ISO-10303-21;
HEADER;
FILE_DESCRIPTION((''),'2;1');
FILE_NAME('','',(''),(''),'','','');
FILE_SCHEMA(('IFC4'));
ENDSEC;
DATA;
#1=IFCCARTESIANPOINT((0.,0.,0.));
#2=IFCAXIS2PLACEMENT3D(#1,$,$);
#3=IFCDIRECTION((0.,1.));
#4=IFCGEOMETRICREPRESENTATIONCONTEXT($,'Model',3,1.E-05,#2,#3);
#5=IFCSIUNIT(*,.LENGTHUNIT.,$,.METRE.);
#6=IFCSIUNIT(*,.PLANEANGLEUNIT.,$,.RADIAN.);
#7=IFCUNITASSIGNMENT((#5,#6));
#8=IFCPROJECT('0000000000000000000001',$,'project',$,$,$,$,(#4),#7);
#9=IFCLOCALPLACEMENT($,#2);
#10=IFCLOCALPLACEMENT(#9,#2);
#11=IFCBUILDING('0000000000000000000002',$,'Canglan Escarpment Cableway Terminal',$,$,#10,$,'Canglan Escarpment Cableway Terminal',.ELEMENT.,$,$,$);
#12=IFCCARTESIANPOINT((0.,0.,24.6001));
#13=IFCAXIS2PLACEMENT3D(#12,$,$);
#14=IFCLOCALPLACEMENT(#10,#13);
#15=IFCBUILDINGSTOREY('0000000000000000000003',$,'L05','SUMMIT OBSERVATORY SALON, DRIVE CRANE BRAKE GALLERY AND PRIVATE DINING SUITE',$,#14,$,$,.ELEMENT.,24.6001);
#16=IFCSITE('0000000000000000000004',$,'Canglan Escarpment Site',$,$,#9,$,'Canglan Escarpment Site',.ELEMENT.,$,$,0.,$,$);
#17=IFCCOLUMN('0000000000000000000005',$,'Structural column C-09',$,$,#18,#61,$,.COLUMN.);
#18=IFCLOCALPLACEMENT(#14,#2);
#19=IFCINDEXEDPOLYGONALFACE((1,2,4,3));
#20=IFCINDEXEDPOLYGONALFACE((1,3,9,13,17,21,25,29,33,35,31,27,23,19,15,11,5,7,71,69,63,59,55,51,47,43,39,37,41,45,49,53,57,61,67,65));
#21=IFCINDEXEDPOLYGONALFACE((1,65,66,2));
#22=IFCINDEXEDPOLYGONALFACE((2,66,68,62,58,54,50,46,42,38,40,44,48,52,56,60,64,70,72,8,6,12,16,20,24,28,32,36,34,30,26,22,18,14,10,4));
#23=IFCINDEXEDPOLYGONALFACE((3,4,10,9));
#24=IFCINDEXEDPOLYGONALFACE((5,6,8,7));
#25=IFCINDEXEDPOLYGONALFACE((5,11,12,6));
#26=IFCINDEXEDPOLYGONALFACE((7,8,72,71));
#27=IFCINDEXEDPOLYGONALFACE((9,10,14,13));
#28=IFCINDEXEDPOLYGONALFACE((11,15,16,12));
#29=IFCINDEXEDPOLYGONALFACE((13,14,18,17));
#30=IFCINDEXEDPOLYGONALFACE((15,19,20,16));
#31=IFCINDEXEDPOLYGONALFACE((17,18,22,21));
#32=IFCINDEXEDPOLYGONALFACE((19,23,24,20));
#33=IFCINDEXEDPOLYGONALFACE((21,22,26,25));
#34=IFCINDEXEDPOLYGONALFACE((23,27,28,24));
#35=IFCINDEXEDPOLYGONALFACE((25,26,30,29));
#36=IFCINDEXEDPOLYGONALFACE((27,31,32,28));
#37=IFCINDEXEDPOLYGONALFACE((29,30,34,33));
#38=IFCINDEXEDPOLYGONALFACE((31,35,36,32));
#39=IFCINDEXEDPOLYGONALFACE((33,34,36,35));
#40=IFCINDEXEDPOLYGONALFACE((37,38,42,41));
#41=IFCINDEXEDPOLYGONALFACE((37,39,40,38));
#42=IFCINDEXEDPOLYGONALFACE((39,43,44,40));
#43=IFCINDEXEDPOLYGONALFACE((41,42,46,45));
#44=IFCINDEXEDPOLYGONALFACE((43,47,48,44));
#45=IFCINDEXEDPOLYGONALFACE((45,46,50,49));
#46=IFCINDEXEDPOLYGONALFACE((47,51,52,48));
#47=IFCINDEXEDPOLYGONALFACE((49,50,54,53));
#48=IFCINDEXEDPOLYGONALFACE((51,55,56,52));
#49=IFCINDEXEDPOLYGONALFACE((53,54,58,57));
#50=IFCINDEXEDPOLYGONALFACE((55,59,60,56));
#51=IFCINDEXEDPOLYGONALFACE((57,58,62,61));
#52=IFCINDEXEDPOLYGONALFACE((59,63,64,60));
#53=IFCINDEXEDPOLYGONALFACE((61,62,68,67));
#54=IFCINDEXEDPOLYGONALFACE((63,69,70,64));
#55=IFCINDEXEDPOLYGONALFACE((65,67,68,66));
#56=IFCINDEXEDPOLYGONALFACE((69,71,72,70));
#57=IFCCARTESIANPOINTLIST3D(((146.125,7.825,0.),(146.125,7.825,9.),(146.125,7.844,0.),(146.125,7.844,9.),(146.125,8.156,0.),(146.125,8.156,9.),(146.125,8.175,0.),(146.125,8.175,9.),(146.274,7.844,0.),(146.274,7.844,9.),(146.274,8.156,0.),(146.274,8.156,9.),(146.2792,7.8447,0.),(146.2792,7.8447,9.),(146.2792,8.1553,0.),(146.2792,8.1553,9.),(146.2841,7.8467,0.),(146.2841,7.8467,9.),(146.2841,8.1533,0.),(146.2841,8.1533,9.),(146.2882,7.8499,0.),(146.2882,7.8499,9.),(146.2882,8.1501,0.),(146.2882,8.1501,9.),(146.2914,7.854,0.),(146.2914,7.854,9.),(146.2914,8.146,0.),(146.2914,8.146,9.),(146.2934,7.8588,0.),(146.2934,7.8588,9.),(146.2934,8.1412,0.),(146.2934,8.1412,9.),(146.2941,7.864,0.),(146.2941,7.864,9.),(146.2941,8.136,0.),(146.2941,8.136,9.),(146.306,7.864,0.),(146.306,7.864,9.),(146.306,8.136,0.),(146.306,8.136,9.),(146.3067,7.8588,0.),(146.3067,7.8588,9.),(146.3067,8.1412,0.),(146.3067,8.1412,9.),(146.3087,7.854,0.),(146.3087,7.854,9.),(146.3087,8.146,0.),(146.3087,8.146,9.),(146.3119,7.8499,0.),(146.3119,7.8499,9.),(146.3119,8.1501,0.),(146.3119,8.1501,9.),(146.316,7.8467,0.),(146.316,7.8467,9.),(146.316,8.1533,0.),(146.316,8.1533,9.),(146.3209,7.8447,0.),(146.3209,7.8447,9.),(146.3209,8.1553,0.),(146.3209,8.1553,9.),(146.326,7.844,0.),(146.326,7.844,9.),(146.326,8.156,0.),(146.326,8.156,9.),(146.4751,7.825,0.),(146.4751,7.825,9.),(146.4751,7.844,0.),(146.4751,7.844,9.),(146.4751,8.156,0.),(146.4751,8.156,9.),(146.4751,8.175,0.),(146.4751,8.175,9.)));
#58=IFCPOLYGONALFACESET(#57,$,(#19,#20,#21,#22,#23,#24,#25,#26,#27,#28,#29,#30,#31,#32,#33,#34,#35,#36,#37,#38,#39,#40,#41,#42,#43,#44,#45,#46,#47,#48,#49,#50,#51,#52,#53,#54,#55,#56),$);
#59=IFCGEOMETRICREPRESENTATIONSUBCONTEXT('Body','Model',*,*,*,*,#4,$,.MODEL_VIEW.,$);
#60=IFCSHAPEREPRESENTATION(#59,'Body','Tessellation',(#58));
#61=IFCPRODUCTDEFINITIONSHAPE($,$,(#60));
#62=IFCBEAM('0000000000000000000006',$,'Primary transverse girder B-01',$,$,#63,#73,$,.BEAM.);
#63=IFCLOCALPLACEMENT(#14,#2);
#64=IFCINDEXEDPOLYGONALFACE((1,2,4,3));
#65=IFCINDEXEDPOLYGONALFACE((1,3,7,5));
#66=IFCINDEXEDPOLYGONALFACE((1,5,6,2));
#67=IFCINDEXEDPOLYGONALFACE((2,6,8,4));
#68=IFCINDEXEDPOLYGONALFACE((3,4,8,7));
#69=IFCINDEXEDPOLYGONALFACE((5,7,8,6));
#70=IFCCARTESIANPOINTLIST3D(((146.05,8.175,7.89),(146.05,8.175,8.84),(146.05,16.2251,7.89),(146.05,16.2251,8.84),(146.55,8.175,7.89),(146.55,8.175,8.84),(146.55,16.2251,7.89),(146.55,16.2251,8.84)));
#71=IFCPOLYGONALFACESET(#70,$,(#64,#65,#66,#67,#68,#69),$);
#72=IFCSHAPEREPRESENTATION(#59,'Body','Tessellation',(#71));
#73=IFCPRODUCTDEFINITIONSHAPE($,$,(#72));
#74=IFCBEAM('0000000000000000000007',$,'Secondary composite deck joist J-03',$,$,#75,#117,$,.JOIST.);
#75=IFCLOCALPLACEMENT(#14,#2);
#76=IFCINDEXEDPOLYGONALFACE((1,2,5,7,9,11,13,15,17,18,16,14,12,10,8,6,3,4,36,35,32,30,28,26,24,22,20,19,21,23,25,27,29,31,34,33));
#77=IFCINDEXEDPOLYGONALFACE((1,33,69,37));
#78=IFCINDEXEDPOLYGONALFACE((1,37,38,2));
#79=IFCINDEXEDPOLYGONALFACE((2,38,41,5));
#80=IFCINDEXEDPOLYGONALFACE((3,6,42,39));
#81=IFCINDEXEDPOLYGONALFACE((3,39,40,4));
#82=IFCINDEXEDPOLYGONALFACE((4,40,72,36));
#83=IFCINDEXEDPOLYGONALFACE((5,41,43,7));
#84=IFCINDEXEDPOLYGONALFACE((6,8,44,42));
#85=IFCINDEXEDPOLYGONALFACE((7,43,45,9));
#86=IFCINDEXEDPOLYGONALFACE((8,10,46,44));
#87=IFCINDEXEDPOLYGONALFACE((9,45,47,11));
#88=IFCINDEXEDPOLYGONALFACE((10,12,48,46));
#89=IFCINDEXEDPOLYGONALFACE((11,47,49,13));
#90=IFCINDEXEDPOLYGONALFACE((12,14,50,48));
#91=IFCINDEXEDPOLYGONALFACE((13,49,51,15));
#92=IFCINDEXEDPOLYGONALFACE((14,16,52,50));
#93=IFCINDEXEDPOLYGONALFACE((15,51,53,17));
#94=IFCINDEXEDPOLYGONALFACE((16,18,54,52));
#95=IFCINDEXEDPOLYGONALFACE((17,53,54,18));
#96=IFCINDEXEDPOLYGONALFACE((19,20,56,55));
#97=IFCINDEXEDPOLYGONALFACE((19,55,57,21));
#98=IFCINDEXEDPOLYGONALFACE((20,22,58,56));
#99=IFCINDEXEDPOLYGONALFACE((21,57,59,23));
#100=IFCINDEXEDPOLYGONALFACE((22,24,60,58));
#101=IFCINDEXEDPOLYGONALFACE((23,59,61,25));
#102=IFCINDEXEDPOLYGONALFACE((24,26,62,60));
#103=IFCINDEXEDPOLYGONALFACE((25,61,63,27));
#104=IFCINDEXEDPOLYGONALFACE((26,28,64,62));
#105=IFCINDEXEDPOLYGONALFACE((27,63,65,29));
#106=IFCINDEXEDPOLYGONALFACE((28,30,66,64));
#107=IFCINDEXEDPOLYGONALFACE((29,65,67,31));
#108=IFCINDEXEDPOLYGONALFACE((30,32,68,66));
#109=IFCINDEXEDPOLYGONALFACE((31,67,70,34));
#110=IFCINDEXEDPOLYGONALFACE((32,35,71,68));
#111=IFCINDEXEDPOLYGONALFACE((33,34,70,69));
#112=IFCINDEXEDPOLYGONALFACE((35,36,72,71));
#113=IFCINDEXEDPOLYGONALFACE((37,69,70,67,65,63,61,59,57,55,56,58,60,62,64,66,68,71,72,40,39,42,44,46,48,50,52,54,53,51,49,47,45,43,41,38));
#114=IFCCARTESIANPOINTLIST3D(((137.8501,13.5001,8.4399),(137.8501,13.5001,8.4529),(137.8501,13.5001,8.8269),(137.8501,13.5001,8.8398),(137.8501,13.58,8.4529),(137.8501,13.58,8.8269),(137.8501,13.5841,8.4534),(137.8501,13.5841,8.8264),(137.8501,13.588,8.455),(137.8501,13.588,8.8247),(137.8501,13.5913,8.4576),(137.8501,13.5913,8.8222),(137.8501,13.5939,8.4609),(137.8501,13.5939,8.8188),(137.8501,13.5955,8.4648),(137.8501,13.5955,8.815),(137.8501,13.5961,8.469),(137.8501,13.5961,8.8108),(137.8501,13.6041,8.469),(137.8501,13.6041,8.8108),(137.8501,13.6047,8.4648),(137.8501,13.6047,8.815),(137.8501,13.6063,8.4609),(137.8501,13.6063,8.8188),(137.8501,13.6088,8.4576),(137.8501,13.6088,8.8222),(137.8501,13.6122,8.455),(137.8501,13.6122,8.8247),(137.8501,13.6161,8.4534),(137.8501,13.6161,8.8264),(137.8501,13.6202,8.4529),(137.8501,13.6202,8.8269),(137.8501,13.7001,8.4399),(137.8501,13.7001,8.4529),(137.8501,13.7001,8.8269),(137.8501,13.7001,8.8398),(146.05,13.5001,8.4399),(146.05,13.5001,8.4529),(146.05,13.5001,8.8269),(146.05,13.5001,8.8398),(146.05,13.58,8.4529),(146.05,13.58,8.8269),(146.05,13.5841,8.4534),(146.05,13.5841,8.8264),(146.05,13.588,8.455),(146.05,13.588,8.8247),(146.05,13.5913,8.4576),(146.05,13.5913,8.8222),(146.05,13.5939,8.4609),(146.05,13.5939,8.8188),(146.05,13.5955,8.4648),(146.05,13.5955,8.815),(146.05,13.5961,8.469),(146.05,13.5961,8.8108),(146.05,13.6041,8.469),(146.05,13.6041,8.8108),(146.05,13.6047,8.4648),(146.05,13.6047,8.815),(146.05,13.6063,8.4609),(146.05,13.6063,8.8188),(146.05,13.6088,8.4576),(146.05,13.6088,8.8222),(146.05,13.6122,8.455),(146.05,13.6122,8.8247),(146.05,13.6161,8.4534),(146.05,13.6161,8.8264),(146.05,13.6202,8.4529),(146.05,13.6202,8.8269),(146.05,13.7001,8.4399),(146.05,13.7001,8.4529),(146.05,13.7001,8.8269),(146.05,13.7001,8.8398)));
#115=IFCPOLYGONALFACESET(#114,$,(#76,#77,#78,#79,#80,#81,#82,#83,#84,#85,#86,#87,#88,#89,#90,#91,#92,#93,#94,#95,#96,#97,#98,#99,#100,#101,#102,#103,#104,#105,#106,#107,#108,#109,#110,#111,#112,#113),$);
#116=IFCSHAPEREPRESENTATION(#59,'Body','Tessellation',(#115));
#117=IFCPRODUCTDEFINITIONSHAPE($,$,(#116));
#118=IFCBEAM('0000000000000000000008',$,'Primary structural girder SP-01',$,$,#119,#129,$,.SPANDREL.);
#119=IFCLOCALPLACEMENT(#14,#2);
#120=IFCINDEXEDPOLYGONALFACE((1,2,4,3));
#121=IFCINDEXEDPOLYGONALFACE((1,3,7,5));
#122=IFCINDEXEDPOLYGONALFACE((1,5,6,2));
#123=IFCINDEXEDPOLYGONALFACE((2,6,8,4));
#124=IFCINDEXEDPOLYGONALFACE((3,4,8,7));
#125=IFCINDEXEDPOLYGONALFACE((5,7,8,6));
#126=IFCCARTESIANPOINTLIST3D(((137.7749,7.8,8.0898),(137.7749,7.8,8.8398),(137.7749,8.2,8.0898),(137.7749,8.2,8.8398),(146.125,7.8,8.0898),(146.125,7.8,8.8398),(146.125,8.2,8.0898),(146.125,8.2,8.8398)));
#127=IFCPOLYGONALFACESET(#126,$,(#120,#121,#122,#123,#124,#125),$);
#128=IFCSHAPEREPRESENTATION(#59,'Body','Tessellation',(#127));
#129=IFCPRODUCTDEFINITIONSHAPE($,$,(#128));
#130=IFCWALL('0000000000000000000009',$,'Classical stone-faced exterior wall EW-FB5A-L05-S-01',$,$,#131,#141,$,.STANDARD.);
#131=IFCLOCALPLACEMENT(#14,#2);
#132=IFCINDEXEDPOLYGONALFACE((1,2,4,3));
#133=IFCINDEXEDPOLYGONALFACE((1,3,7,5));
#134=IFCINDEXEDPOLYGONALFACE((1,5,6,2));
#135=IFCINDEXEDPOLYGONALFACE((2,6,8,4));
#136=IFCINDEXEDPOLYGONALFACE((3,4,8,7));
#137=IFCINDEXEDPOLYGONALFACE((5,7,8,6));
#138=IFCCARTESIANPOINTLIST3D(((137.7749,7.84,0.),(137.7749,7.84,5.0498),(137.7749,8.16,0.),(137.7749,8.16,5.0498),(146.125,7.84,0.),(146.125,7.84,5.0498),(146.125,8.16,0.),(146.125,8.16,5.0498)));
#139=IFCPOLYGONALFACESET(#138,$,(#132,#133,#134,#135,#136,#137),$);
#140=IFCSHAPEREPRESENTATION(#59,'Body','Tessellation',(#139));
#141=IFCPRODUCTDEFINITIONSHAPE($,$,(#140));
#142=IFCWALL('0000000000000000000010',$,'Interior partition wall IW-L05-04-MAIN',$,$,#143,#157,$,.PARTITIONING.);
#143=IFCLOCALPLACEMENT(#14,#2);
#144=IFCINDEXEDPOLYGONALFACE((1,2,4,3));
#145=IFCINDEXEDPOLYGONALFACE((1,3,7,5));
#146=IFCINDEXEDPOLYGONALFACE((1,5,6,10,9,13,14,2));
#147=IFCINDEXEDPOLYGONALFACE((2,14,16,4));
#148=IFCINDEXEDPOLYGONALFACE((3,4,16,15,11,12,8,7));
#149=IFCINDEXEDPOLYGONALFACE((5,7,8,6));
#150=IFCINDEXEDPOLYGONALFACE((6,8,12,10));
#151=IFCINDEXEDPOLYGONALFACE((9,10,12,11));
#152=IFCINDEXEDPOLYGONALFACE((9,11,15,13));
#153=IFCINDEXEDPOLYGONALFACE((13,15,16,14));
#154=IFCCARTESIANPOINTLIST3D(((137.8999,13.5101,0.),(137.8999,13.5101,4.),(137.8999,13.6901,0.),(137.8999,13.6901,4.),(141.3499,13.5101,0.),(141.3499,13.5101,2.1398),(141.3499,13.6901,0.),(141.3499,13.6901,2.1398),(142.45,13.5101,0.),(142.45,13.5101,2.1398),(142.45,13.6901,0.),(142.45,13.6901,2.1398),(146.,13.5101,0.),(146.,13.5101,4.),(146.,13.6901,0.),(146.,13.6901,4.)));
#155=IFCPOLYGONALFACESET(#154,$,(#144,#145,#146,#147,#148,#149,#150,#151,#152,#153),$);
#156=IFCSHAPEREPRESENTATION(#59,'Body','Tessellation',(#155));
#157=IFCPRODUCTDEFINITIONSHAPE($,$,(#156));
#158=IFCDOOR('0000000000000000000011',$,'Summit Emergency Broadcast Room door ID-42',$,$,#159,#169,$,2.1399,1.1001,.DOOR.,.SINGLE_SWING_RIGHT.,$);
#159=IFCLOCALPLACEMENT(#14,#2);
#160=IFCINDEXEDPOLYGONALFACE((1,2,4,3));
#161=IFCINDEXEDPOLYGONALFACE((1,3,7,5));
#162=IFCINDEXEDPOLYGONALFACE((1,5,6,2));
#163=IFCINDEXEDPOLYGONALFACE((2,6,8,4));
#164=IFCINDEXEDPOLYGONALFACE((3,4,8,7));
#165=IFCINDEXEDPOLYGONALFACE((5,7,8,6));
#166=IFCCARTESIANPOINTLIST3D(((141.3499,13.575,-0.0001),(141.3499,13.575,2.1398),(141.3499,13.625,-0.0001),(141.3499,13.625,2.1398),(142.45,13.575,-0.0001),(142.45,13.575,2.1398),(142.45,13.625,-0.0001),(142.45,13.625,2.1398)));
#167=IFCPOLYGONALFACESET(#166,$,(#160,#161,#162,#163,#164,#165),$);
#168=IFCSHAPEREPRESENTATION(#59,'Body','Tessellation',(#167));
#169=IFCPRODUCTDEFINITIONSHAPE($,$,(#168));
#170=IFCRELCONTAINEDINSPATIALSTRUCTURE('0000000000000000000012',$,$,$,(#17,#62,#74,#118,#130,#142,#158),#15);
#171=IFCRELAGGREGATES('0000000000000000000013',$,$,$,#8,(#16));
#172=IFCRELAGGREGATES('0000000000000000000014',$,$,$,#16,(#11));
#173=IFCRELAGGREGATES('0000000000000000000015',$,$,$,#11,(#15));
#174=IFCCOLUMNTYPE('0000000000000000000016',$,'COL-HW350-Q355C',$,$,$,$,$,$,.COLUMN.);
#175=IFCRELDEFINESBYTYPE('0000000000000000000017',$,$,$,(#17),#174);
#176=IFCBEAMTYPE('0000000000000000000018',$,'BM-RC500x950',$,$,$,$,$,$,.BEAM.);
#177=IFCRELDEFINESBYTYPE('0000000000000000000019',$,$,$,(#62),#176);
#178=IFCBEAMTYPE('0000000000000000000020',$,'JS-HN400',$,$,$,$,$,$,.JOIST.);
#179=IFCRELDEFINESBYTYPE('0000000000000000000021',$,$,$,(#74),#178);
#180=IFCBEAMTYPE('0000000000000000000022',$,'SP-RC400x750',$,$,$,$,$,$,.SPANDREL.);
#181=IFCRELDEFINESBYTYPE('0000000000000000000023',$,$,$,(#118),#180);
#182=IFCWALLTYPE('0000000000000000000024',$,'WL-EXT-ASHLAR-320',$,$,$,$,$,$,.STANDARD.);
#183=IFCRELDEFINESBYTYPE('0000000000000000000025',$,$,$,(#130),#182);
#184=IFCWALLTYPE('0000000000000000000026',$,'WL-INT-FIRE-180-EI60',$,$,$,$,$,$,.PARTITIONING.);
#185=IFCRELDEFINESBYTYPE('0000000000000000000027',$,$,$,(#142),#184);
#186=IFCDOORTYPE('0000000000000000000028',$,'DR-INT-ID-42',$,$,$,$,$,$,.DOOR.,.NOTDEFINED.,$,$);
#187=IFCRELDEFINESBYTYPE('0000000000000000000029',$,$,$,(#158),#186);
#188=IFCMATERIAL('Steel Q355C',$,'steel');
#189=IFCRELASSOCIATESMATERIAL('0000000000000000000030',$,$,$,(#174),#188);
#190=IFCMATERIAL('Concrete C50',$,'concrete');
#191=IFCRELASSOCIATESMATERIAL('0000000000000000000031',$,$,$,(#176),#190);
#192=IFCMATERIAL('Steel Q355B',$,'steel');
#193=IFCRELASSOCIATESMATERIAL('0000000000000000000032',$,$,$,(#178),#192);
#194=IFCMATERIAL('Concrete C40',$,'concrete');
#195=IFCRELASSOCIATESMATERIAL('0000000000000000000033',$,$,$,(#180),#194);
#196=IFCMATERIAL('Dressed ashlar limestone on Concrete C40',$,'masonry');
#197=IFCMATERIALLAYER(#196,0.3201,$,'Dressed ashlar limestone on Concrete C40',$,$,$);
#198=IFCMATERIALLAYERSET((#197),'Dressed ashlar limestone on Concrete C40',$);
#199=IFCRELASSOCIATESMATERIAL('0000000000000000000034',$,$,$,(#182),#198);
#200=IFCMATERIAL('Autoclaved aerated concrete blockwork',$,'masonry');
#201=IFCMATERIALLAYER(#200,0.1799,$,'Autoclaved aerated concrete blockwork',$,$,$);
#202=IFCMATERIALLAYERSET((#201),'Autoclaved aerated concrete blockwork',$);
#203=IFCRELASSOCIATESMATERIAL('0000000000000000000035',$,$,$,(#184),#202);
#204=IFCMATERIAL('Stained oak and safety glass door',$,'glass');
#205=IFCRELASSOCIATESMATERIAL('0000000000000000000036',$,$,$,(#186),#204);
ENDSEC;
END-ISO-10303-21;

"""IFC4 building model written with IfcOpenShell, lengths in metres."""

from ifc_helpers import new_model, si_unit, direction, frame, frame_2d, origin, origin_2d, place, context, subcontext, project, spatial, rectangle, i_section, extrude, material, layer, layer_set, material_profile, profile_set, type_object, element, fill, save


model = new_model("IFC4")

# Units and contexts
model_context = context("Model", 3, precision=1e-05, world=origin(), true_north=direction((0.0, 1.0)))
body_context = subcontext(model_context, "Body", "Model", "MODEL_VIEW")
ifc_project = project(units=[si_unit("LENGTHUNIT", "METRE"), si_unit("PLANEANGLEUNIT", "RADIAN")], contexts=[model_context])

# Site, building, storey
site_placement = place(None, origin())
site = spatial("IfcSite", under=ifc_project, at=site_placement, Name="Canglan Escarpment Site", LongName="Canglan Escarpment Site", CompositionType="ELEMENT", RefElevation=0.0)
building_placement = place(site_placement, origin())
building = spatial("IfcBuilding", under=site, at=building_placement, Name="Canglan Escarpment Cableway Terminal", LongName="Canglan Escarpment Cableway Terminal", CompositionType="ELEMENT")
storey_placement = place(building_placement, frame((0.0, 0.0, 24.6001)))
storey = spatial("IfcBuildingStorey", under=building, at=storey_placement, Name="L05", Description="SUMMIT OBSERVATORY SALON, DRIVE CRANE BRAKE GALLERY AND PRIVATE DINING SUITE", CompositionType="ELEMENT", Elevation=24.6001)

# Column
ifc_material_1 = material(Name="Steel Q355C", Category="steel")
ifc_material_profile_1 = material_profile(ifc_material_1, i_section(OverallWidth=0.3501, OverallDepth=0.3501, WebThickness=0.012, FlangeThickness=0.019, FilletRadius=0.02, at=origin_2d()), Name="HW 350x350x12x19")
ifc_profile_set_1 = profile_set([ifc_material_profile_1], Name="Steel Q355C")
column_type = type_object("IfcColumnType", Name="COL-HW350-Q355C", PredefinedType="COLUMN", material=ifc_profile_set_1)
column_placement = place(storey_placement, frame((146.3, 8.0, 0.0), z_axis=(0.0, 0.0, 1.0), x_axis=(1.0, 0.0, 0.0)))
element("IfcColumn", 1, at=column_placement, inside=storey, type_object=column_type, Name="Structural column C-09", PredefinedType="COLUMN", context=body_context, shape_type="SweptSolid", body=[
    extrude(i_section(OverallWidth=0.3501, OverallDepth=0.3501, WebThickness=0.012, FlangeThickness=0.019, FilletRadius=0.02, at=origin_2d()), origin(), (0.0, 0.0, 1.0), 9.0),
])

# Beams
ifc_material_2 = material(Name="Concrete C50", Category="concrete")
ifc_material_profile_2 = material_profile(ifc_material_2, rectangle(XDim=0.5, YDim=0.95, at=origin_2d()), Name="RC 500x950")
ifc_profile_set_2 = profile_set([ifc_material_profile_2], Name="Concrete C50")
beam_type_1 = type_object("IfcBeamType", Name="BM-RC500x950", PredefinedType="BEAM", material=ifc_profile_set_2)
beam_1_placement = place(storey_placement, frame((146.3, 8.175, 8.365), z_axis=(0.0, 1.0, 0.0), x_axis=(-1.0, 0.0, 0.0)))
element("IfcBeam", 2, at=beam_1_placement, inside=storey, type_object=beam_type_1, Name="Primary transverse girder B-01", PredefinedType="BEAM", context=body_context, shape_type="SweptSolid", body=[
    extrude(rectangle(XDim=0.5, YDim=0.95, at=origin_2d()), origin(), (0.0, 0.0, 1.0), 8.05),
])
ifc_material_3 = material(Name="Steel Q355B", Category="steel")
ifc_material_profile_3 = material_profile(ifc_material_3, i_section(OverallWidth=0.2, OverallDepth=0.3999, WebThickness=0.0081, FlangeThickness=0.0129, FilletRadius=0.0161, at=origin_2d()), Name="HN 400x200x8x13")
ifc_profile_set_3 = profile_set([ifc_material_profile_3], Name="Steel Q355B")
beam_type_2 = type_object("IfcBeamType", Name="JS-HN400", PredefinedType="JOIST", material=ifc_profile_set_3)
beam_2_placement = place(storey_placement, frame((137.8501, 13.6001, 8.6399), z_axis=(1.0, 0.0, 0.0), x_axis=(0.0, 1.0, 0.0)))
element("IfcBeam", 3, at=beam_2_placement, inside=storey, type_object=beam_type_2, Name="Secondary composite deck joist J-03", PredefinedType="JOIST", context=body_context, shape_type="SweptSolid", body=[
    extrude(i_section(OverallWidth=0.2, OverallDepth=0.3999, WebThickness=0.0081, FlangeThickness=0.0129, FilletRadius=0.0161, at=origin_2d()), origin(), (0.0, 0.0, 1.0), 8.2),
])
ifc_material_4 = material(Name="Concrete C40", Category="concrete")
ifc_material_profile_4 = material_profile(ifc_material_4, rectangle(XDim=0.3999, YDim=0.75, at=origin_2d()), Name="RC 400x750")
ifc_profile_set_4 = profile_set([ifc_material_profile_4], Name="Concrete C40")
beam_type_3 = type_object("IfcBeamType", Name="SP-RC400x750", PredefinedType="SPANDREL", material=ifc_profile_set_4)
beam_3_placement = place(storey_placement, frame((137.7749, 8.0, 8.4648), z_axis=(1.0, 0.0, 0.0), x_axis=(0.0, 1.0, 0.0)))
element("IfcBeam", 4, at=beam_3_placement, inside=storey, type_object=beam_type_3, Name="Primary structural girder SP-01", PredefinedType="SPANDREL", context=body_context, shape_type="SweptSolid", body=[
    extrude(rectangle(XDim=0.3999, YDim=0.75, at=origin_2d()), origin(), (0.0, 0.0, 1.0), 8.3501),
])

# Wall
ifc_material_5 = material(Name="Dressed ashlar limestone on Concrete C40", Category="masonry")
ifc_layer_1 = layer(ifc_material_5, 0.3201, Name="Dressed ashlar limestone on Concrete C40")
ifc_layer_set_1 = layer_set([ifc_layer_1], Name="Dressed ashlar limestone on Concrete C40")
wall_type_1 = type_object("IfcWallType", Name="WL-EXT-ASHLAR-320", PredefinedType="STANDARD", material=ifc_layer_set_1)
wall_1_placement = place(storey_placement, frame((137.7749, 8.0, 0.0), z_axis=(0.0, 0.0, 1.0), x_axis=(1.0, 0.0, 0.0)))
element("IfcWall", 5, at=wall_1_placement, inside=storey, type_object=wall_type_1, Name="Classical stone-faced exterior wall EW-FB5A-L05-S-01", PredefinedType="STANDARD", context=body_context, shape_type="SweptSolid", body=[
    extrude(rectangle(XDim=8.3501, YDim=0.3201, at=frame_2d((4.175, 0.0))), origin(), (0.0, 0.0, 1.0), 5.0498),
])

# Wall, opening, door
ifc_material_6 = material(Name="Autoclaved aerated concrete blockwork", Category="masonry")
ifc_layer_2 = layer(ifc_material_6, 0.1799, Name="Autoclaved aerated concrete blockwork")
ifc_layer_set_2 = layer_set([ifc_layer_2], Name="Autoclaved aerated concrete blockwork")
wall_type_2 = type_object("IfcWallType", Name="WL-INT-FIRE-180-EI60", PredefinedType="PARTITIONING", material=ifc_layer_set_2)
wall_2_placement = place(storey_placement, frame((137.8999, 13.6001, 0.0), z_axis=(0.0, 0.0, 1.0), x_axis=(1.0, 0.0, 0.0)))
wall_2 = element("IfcWall", 6, at=wall_2_placement, inside=storey, type_object=wall_type_2, Name="Interior partition wall IW-L05-04-MAIN", PredefinedType="PARTITIONING", context=body_context, shape_type="SweptSolid", body=[
    extrude(rectangle(XDim=8.1001, YDim=0.1799, at=frame_2d((4.05, 0.0))), origin(), (0.0, 0.0, 1.0), 4.0),
])
opening_1_placement = place(wall_2_placement, frame((3.45, 0.0, 0.0)))
opening_1 = element("IfcOpeningElement", 7, at=opening_1_placement, cuts=wall_2, PredefinedType="OPENING", context=body_context, shape_type="SweptSolid", body=[
    extrude(rectangle(XDim=1.1001, YDim=2.1399, at=frame_2d((0.55, 1.0698))), frame((0.0, 0.1001, 0.0), z_axis=(0.0, -1.0, 0.0), x_axis=(1.0, 0.0, 0.0)), (0.0, 0.0, 1.0), 0.2),
])
ifc_material_7 = material(Name="Stained oak and safety glass door", Category="glass")
door_type_1 = type_object("IfcDoorType", Name="DR-INT-ID-42", OperationType="NOTDEFINED", PredefinedType="DOOR", material=ifc_material_7)
door_1_placement = place(opening_1_placement, origin())
door_1 = element("IfcDoor", 8, at=door_1_placement, inside=storey, type_object=door_type_1, Name="Summit Emergency Broadcast Room door ID-42", OperationType="SINGLE_SWING_RIGHT", OverallHeight=2.1399, OverallWidth=1.1001, PredefinedType="DOOR", context=body_context, shape_type="SweptSolid", body=[
    extrude(rectangle(XDim=1.1001, YDim=2.1399, at=frame_2d((0.55, 1.0698))), frame((0.0, 0.0249, 0.0), z_axis=(0.0, -1.0, 0.0), x_axis=(1.0, 0.0, 0.0)), (0.0, 0.0, 1.0), 0.05),
])
fill(opening_1, door_1)

save(model, "model.ifc")
